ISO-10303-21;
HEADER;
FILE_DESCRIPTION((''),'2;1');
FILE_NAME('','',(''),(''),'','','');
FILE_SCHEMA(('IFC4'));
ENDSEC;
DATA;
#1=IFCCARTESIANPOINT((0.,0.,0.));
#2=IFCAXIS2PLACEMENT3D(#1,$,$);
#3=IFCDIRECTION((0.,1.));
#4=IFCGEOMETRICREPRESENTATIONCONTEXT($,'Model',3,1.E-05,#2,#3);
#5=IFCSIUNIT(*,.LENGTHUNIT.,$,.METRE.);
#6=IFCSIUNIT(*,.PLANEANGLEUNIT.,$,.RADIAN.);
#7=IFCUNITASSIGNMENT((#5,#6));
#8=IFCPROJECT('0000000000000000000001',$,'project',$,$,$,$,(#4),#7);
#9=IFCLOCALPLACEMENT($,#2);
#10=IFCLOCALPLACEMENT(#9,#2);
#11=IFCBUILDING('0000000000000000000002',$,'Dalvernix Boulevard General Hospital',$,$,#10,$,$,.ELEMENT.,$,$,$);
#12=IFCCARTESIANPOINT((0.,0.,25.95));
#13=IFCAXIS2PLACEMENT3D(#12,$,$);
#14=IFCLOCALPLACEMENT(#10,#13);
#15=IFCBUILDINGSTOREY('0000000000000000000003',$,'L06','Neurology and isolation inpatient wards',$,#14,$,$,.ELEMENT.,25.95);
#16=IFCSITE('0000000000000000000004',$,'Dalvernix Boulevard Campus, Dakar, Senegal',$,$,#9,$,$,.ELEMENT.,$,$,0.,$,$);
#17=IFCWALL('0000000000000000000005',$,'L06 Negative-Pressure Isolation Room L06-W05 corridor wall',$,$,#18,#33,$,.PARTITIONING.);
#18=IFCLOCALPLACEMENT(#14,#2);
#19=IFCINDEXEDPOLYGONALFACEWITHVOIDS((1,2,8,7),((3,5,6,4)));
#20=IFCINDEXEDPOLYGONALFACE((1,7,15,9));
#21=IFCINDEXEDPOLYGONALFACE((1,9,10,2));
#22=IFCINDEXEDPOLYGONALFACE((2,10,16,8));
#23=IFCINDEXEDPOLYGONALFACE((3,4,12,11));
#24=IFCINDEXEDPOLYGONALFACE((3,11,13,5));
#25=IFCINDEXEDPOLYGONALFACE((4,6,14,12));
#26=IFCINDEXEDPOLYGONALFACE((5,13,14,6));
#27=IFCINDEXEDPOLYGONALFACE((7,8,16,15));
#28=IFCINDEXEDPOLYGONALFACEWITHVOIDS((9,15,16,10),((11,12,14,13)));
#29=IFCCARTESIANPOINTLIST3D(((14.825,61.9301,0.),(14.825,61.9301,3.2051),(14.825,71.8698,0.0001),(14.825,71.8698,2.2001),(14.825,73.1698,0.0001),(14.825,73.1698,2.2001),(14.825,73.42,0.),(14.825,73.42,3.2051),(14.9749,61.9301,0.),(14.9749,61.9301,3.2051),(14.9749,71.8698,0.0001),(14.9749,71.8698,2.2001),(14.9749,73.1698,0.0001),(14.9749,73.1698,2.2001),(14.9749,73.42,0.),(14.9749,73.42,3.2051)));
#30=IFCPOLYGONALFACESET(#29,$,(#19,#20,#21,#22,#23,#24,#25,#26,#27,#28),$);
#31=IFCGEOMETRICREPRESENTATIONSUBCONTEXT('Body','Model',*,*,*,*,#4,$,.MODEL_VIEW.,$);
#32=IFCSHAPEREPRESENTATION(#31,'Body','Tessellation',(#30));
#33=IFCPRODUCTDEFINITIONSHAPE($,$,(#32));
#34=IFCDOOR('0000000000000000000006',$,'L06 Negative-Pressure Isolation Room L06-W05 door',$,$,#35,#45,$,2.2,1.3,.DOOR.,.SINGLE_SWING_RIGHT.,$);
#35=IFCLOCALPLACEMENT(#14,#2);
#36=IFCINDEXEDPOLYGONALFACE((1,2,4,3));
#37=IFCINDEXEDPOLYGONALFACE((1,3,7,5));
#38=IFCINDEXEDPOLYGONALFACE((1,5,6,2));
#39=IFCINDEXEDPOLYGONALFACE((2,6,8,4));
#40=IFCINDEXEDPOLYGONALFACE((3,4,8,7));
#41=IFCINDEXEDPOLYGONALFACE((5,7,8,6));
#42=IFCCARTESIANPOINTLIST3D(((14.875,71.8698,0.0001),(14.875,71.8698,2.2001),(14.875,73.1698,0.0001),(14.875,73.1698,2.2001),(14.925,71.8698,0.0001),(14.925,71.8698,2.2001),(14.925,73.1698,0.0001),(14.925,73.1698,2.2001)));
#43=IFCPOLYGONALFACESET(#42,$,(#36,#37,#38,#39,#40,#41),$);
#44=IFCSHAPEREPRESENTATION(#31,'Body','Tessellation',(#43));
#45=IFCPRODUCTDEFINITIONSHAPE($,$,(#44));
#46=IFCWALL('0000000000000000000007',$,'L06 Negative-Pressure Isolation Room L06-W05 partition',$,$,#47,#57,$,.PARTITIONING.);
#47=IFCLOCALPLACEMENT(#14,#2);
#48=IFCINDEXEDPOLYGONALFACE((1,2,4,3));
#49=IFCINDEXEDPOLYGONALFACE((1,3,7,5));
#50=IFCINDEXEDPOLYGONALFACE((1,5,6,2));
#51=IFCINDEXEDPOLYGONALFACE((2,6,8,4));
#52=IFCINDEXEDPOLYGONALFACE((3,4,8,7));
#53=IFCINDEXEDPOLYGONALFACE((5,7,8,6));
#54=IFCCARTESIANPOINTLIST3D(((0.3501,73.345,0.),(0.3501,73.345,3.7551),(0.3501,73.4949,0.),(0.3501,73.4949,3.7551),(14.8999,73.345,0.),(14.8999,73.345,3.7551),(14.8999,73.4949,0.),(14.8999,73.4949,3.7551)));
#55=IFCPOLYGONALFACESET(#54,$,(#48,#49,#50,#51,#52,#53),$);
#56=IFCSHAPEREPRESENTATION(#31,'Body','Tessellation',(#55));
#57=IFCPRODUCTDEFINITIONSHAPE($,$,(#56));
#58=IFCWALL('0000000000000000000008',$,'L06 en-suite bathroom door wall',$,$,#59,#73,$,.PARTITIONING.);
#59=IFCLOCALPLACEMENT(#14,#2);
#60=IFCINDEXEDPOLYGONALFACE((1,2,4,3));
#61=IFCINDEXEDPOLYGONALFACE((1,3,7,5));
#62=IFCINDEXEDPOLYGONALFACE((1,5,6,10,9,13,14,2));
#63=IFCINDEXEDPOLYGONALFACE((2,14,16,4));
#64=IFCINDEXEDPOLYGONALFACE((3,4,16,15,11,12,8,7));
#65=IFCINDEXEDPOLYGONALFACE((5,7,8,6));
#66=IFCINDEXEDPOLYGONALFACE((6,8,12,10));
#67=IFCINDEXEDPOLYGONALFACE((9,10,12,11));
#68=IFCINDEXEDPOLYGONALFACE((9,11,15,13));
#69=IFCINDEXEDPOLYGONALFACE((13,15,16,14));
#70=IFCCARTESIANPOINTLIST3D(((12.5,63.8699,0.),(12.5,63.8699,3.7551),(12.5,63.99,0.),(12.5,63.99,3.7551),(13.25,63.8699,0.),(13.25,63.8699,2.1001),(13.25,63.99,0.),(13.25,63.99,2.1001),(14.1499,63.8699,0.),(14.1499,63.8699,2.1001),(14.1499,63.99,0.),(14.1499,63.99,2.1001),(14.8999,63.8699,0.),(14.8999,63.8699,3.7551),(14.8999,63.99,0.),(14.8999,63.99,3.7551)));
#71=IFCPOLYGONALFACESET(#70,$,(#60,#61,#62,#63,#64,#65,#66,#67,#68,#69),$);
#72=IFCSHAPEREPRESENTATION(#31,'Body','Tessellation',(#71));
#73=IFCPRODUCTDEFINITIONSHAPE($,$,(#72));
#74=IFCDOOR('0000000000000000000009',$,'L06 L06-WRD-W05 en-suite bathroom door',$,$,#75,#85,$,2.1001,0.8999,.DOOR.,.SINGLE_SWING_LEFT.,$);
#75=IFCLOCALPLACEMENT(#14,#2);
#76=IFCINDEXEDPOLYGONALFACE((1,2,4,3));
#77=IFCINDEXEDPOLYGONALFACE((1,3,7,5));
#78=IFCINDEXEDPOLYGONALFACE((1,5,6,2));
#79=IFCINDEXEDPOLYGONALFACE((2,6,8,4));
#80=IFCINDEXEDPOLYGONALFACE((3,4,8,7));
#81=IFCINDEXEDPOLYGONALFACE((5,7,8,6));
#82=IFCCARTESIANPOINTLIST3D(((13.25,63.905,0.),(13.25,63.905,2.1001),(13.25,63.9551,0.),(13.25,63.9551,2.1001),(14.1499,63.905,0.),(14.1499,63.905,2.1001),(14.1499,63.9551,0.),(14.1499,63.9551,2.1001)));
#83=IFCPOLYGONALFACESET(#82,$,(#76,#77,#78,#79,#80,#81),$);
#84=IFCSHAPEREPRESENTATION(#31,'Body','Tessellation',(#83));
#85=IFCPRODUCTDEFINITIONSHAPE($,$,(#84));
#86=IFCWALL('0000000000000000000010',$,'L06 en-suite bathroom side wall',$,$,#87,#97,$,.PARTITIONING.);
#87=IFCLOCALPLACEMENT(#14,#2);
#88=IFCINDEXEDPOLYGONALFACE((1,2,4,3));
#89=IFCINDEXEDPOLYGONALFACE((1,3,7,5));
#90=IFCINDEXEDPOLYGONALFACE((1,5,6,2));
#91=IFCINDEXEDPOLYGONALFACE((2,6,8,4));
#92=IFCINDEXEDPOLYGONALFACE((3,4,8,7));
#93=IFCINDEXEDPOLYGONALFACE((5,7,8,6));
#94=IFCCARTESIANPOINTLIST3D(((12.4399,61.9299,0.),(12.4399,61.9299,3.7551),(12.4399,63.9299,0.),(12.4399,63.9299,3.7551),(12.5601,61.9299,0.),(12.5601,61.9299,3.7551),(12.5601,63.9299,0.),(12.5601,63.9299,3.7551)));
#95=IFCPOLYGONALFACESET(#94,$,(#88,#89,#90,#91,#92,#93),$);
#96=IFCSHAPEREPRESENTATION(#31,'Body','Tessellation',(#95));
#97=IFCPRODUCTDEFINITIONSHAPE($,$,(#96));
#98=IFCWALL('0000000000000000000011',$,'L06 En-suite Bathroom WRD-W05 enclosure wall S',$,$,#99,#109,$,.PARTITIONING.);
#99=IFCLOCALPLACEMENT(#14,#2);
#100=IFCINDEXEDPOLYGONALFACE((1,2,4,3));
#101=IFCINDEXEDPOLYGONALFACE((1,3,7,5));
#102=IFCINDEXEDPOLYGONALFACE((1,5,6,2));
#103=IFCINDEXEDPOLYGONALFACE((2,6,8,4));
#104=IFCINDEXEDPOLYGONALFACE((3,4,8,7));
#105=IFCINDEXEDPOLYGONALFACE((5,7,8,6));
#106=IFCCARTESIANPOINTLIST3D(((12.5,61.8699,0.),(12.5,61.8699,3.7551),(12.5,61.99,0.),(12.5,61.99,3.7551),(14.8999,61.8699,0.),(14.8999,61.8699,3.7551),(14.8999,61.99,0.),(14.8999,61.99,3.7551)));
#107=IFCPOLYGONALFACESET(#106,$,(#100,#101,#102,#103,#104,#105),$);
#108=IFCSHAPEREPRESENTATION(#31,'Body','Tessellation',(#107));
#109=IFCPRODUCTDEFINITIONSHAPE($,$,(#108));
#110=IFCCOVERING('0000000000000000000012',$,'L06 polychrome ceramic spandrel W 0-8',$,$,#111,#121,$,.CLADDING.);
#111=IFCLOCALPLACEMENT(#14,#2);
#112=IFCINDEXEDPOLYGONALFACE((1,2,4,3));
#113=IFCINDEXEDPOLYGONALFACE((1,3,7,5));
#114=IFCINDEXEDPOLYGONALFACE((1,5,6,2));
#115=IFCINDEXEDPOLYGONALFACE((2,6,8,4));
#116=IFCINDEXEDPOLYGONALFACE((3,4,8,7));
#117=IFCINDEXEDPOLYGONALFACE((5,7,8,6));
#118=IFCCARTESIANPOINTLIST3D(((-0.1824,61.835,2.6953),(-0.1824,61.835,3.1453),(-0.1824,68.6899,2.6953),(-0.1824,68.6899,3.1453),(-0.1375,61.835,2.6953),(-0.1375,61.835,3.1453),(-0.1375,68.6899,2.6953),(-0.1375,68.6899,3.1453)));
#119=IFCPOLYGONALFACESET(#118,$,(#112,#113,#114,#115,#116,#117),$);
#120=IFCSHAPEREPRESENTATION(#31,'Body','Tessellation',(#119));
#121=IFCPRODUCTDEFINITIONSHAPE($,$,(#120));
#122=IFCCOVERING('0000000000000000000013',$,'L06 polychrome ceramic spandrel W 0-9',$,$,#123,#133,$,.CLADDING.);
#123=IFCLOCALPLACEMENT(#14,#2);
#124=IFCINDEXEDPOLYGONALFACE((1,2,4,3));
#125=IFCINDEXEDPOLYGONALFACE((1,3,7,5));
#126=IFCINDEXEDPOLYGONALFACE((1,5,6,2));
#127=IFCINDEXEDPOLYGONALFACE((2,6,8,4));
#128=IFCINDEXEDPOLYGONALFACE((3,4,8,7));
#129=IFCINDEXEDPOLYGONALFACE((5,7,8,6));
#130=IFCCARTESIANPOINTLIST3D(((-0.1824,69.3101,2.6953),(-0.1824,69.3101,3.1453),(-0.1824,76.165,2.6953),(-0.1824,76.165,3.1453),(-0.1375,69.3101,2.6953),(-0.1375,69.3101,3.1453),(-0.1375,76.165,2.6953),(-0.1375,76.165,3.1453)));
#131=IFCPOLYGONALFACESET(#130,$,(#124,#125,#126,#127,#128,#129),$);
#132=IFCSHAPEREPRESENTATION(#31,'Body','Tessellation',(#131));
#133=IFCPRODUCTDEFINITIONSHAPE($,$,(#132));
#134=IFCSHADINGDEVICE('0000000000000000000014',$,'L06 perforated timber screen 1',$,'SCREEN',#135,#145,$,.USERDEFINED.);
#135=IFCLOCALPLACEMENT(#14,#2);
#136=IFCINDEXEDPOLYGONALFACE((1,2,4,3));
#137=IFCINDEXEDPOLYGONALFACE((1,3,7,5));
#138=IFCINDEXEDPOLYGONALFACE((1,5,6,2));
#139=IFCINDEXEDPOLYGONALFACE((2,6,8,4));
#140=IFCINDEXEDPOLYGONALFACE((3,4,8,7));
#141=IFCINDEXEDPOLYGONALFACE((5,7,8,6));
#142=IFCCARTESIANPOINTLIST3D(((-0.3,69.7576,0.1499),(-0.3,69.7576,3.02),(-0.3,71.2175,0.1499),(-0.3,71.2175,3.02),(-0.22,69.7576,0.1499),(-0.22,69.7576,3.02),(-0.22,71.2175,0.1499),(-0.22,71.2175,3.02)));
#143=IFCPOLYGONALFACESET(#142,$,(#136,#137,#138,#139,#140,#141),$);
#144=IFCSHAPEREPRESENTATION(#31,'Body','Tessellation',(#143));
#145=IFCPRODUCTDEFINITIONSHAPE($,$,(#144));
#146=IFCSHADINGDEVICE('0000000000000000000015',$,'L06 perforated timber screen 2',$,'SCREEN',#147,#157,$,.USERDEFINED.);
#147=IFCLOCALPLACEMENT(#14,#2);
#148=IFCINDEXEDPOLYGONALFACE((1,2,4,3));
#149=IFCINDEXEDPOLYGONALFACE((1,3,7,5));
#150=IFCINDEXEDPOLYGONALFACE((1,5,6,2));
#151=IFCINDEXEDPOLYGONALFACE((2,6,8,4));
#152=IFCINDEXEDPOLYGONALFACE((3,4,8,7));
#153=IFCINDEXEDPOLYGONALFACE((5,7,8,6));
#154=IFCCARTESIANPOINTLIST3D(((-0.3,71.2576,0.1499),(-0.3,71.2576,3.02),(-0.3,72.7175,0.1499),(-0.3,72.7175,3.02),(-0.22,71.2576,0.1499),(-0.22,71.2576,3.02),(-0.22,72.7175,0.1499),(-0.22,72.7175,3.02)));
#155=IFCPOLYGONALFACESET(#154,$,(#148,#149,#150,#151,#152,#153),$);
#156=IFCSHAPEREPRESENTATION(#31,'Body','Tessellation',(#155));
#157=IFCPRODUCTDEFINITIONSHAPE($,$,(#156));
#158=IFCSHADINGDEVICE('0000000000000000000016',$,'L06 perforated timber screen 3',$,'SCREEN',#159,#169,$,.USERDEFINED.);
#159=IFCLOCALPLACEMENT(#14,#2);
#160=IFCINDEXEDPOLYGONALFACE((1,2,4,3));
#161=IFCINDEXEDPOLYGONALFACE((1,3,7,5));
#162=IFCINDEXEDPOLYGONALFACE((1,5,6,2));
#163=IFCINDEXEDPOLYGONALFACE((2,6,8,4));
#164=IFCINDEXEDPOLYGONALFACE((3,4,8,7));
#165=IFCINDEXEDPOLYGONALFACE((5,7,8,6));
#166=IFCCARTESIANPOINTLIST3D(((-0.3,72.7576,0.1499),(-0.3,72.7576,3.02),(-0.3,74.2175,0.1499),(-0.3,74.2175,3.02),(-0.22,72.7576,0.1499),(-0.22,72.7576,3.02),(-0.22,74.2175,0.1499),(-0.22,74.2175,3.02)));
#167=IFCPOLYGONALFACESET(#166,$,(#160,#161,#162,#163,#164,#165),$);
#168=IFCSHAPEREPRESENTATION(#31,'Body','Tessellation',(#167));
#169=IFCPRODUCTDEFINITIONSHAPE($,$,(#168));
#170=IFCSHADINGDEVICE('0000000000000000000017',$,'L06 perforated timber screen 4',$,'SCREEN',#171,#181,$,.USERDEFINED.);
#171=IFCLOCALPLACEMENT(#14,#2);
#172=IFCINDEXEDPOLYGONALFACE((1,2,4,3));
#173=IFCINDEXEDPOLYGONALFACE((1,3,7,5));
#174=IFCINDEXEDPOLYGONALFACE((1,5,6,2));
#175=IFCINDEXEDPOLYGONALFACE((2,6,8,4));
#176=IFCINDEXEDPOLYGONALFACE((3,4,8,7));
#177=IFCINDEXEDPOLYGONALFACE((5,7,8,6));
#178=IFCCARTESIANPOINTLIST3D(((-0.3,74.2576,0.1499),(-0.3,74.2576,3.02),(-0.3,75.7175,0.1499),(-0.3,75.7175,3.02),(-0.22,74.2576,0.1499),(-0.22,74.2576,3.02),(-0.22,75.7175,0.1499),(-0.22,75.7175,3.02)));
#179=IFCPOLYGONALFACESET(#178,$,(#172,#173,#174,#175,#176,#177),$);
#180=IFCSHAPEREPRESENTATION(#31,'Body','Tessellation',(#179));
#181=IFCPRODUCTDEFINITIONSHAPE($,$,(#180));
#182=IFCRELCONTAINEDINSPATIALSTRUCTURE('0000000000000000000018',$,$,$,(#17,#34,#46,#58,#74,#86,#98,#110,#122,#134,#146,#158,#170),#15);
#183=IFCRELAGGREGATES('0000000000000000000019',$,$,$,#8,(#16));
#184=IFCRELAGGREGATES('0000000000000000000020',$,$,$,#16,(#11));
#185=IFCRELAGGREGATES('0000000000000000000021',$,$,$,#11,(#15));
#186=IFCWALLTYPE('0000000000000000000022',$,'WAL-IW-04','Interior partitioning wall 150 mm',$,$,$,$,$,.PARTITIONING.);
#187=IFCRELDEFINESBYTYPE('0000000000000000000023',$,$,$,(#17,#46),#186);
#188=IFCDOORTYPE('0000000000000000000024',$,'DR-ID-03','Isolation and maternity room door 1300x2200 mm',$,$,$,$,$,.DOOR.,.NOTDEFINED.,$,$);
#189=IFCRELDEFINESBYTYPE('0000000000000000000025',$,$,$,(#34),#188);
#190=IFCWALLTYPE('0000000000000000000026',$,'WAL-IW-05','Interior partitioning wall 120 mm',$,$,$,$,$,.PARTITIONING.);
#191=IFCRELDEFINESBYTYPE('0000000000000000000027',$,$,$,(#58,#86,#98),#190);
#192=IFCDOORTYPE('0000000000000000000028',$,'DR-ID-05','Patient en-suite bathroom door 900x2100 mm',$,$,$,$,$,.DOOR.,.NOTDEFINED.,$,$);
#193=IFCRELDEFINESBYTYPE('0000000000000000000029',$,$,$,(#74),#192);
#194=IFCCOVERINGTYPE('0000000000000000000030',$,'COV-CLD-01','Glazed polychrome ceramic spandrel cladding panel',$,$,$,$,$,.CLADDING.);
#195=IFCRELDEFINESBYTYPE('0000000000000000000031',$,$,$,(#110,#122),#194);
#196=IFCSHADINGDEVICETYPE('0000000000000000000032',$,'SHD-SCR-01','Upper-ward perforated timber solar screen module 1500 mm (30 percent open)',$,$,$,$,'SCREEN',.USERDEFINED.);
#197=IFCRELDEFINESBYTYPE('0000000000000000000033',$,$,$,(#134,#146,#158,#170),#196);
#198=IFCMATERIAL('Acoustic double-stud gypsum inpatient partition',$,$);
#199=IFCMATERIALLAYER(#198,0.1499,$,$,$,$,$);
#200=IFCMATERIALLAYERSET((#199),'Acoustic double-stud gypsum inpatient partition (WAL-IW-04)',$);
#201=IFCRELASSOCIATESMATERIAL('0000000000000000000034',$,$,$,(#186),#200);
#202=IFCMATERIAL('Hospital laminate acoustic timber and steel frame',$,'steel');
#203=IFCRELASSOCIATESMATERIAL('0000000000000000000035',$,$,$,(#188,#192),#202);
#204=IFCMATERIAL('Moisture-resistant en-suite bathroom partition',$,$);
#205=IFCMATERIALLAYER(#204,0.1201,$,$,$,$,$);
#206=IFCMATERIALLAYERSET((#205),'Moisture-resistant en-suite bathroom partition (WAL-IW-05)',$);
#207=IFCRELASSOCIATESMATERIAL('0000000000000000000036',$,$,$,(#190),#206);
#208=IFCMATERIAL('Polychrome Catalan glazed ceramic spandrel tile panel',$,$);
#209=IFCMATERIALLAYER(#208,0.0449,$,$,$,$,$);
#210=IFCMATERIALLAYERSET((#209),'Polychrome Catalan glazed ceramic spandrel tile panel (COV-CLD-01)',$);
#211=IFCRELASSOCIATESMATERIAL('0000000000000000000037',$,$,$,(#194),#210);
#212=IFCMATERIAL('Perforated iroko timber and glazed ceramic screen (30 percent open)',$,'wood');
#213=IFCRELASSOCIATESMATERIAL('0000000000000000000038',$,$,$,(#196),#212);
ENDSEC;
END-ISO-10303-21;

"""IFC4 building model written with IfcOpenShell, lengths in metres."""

from ifc_helpers import new_model, si_unit, direction, frame, frame_2d, origin, origin_2d, place, context, subcontext, project, spatial, rectangle, extrude, material, layer, layer_set, type_object, element, fill, save


model = new_model("IFC4")

# Units and contexts
model_context = context("Model", 3, precision=1e-05, world=origin(), true_north=direction((0.0, 1.0)))
body_context = subcontext(model_context, "Body", "Model", "MODEL_VIEW")
ifc_project = project(units=[si_unit("LENGTHUNIT", "METRE"), si_unit("PLANEANGLEUNIT", "RADIAN")], contexts=[model_context])

# Site, building, storey
site_placement = place(None, origin())
site = spatial("IfcSite", under=ifc_project, at=site_placement, Name="Dalvernix Boulevard Campus, Dakar, Senegal", CompositionType="ELEMENT", RefElevation=0.0)
building_placement = place(site_placement, origin())
building = spatial("IfcBuilding", under=site, at=building_placement, Name="Dalvernix Boulevard General Hospital", CompositionType="ELEMENT")
storey_placement = place(building_placement, frame((0.0, 0.0, 25.95)))
storey = spatial("IfcBuildingStorey", under=building, at=storey_placement, Name="L06", Description="Neurology and isolation inpatient wards", CompositionType="ELEMENT", Elevation=25.95)

# Wall, opening, door
ifc_material_1 = material(Name="Acoustic double-stud gypsum inpatient partition")
ifc_layer_1 = layer(ifc_material_1, 0.1499)
ifc_layer_set_1 = layer_set([ifc_layer_1], Name="Acoustic double-stud gypsum inpatient partition (WAL-IW-04)")
wall_type_1 = type_object("IfcWallType", Name="WAL-IW-04", Description="Interior partitioning wall 150 mm", PredefinedType="PARTITIONING", material=ifc_layer_set_1)
wall_1_placement = place(storey_placement, frame((14.8999, 61.9299, 0.0), z_axis=(0.0, 0.0, 1.0), x_axis=(0.0, 1.0, 0.0)))
wall_1 = element("IfcWall", 1, at=wall_1_placement, inside=storey, type_object=wall_type_1, Name="L06 Negative-Pressure Isolation Room L06-W05 corridor wall", PredefinedType="PARTITIONING", context=body_context, shape_type="SweptSolid", body=[
    extrude(rectangle(XDim=11.49, YDim=0.1499, at=frame_2d((5.7451, 0.0))), origin(), (0.0, 0.0, 1.0), 3.2051),
])
opening_1_placement = place(wall_1_placement, frame((9.9399, 0.0, 0.0)))
opening_1 = element("IfcOpeningElement", 2, at=opening_1_placement, cuts=wall_1, PredefinedType="OPENING", context=body_context, shape_type="SweptSolid", body=[
    extrude(rectangle(XDim=1.3, YDim=2.2, at=frame_2d((0.6499, 1.1001))), frame((0.0, 0.085, 0.0), z_axis=(0.0, -1.0, 0.0), x_axis=(1.0, 0.0, 0.0)), (0.0, 0.0, 1.0), 0.1699),
])
ifc_material_2 = material(Name="Hospital laminate acoustic timber and steel frame", Category="steel")
door_type_1 = type_object("IfcDoorType", Name="DR-ID-03", Description="Isolation and maternity room door 1300x2200 mm", OperationType="NOTDEFINED", PredefinedType="DOOR", material=ifc_material_2)
door_1_placement = place(opening_1_placement, origin())
door_1 = element("IfcDoor", 3, at=door_1_placement, inside=storey, type_object=door_type_1, Name="L06 Negative-Pressure Isolation Room L06-W05 door", OperationType="SINGLE_SWING_RIGHT", OverallHeight=2.2, OverallWidth=1.3, PredefinedType="DOOR", context=body_context, shape_type="SweptSolid", body=[
    extrude(rectangle(XDim=1.3, YDim=2.2, at=frame_2d((0.6499, 1.1001))), frame((0.0, 0.0249, 0.0), z_axis=(0.0, -1.0, 0.0), x_axis=(1.0, 0.0, 0.0)), (0.0, 0.0, 1.0), 0.05),
])
fill(opening_1, door_1)

# Wall
wall_2_placement = place(storey_placement, frame((0.3501, 73.4199, 0.0), z_axis=(0.0, 0.0, 1.0), x_axis=(1.0, 0.0, 0.0)))
element("IfcWall", 4, at=wall_2_placement, inside=storey, type_object=wall_type_1, Name="L06 Negative-Pressure Isolation Room L06-W05 partition", PredefinedType="PARTITIONING", context=body_context, shape_type="SweptSolid", body=[
    extrude(rectangle(XDim=14.5498, YDim=0.1499, at=frame_2d((7.2749, 0.0))), origin(), (0.0, 0.0, 1.0), 3.7551),
])

# Wall, opening, door
ifc_material_3 = material(Name="Moisture-resistant en-suite bathroom partition")
ifc_layer_2 = layer(ifc_material_3, 0.1201)
ifc_layer_set_2 = layer_set([ifc_layer_2], Name="Moisture-resistant en-suite bathroom partition (WAL-IW-05)")
wall_type_2 = type_object("IfcWallType", Name="WAL-IW-05", Description="Interior partitioning wall 120 mm", PredefinedType="PARTITIONING", material=ifc_layer_set_2)
wall_3_placement = place(storey_placement, frame((14.8999, 63.9299, 0.0), z_axis=(0.0, 0.0, 1.0), x_axis=(-1.0, 0.0, 0.0)))
wall_3 = element("IfcWall", 5, at=wall_3_placement, inside=storey, type_object=wall_type_2, Name="L06 en-suite bathroom door wall", PredefinedType="PARTITIONING", context=body_context, shape_type="SweptSolid", body=[
    extrude(rectangle(XDim=2.3999, YDim=0.1201, at=frame_2d((1.2, 0.0))), origin(), (0.0, 0.0, 1.0), 3.7551),
])
opening_2_placement = place(wall_3_placement, frame((0.75, 0.0, 0.0)))
opening_2 = element("IfcOpeningElement", 6, at=opening_2_placement, cuts=wall_3, PredefinedType="OPENING", context=body_context, shape_type="SweptSolid", body=[
    extrude(rectangle(XDim=0.8999, YDim=2.1001, at=frame_2d((0.45, 1.05))), frame((0.0, 0.0701, 0.0), z_axis=(0.0, -1.0, 0.0), x_axis=(1.0, 0.0, 0.0)), (0.0, 0.0, 1.0), 0.1401),
])
door_type_2 = type_object("IfcDoorType", Name="DR-ID-05", Description="Patient en-suite bathroom door 900x2100 mm", OperationType="NOTDEFINED", PredefinedType="DOOR", material=ifc_material_2)
door_2_placement = place(opening_2_placement, origin())
door_2 = element("IfcDoor", 7, at=door_2_placement, inside=storey, type_object=door_type_2, Name="L06 L06-WRD-W05 en-suite bathroom door", OperationType="SINGLE_SWING_LEFT", OverallHeight=2.1001, OverallWidth=0.8999, PredefinedType="DOOR", context=body_context, shape_type="SweptSolid", body=[
    extrude(rectangle(XDim=0.8999, YDim=2.1001, at=frame_2d((0.45, 1.05))), frame((0.0, 0.0249, 0.0), z_axis=(0.0, -1.0, 0.0), x_axis=(1.0, 0.0, 0.0)), (0.0, 0.0, 1.0), 0.05),
])
fill(opening_2, door_2)

# Walls
wall_4_placement = place(storey_placement, frame((12.5, 61.9299, 0.0), z_axis=(0.0, 0.0, 1.0), x_axis=(0.0, 1.0, 0.0)))
element("IfcWall", 8, at=wall_4_placement, inside=storey, type_object=wall_type_2, Name="L06 en-suite bathroom side wall", PredefinedType="PARTITIONING", context=body_context, shape_type="SweptSolid", body=[
    extrude(rectangle(XDim=2.0, YDim=0.1201, at=frame_2d((1.0, 0.0))), origin(), (0.0, 0.0, 1.0), 3.7551),
])
wall_5_placement = place(storey_placement, frame((12.5, 61.9299, 0.0), z_axis=(0.0, 0.0, 1.0), x_axis=(1.0, 0.0, 0.0)))
element("IfcWall", 9, at=wall_5_placement, inside=storey, type_object=wall_type_2, Name="L06 En-suite Bathroom WRD-W05 enclosure wall S", PredefinedType="PARTITIONING", context=body_context, shape_type="SweptSolid", body=[
    extrude(rectangle(XDim=2.3999, YDim=0.1201, at=frame_2d((1.2, 0.0))), origin(), (0.0, 0.0, 1.0), 3.7551),
])

# Coverings
ifc_material_4 = material(Name="Polychrome Catalan glazed ceramic spandrel tile panel")
ifc_layer_3 = layer(ifc_material_4, 0.0449)
ifc_layer_set_3 = layer_set([ifc_layer_3], Name="Polychrome Catalan glazed ceramic spandrel tile panel (COV-CLD-01)")
covering_type = type_object("IfcCoveringType", Name="COV-CLD-01", Description="Glazed polychrome ceramic spandrel cladding panel", PredefinedType="CLADDING", material=ifc_layer_set_3)
for number, where, z_axis, x_axis, name in (
    (10, (-0.1599, 65.2625, 2.6953), (0.0, 0.0, 1.0), (0.0, 1.0, 0.0), "L06 polychrome ceramic spandrel W 0-8"),
    (11, (-0.1599, 72.7375, 2.6953), (0.0, 0.0, 1.0), (0.0, 1.0, 0.0), "L06 polychrome ceramic spandrel W 0-9"),
):
    element("IfcCovering", number, at=place(storey_placement, frame(where, z_axis=z_axis, x_axis=x_axis)), inside=storey, type_object=covering_type, Name=name, PredefinedType="CLADDING", context=body_context, shape_type="SweptSolid", body=[
        extrude(rectangle(XDim=6.855, YDim=0.0449, at=origin_2d()), origin(), (0.0, 0.0, 1.0), 0.45),
    ])

# Shading devices
ifc_material_5 = material(Name="Perforated iroko timber and glazed ceramic screen (30 percent open)", Category="wood")
shading_device_type = type_object("IfcShadingDeviceType", Name="SHD-SCR-01", Description="Upper-ward perforated timber solar screen module 1500 mm (30 percent open)", ElementType="SCREEN", PredefinedType="USERDEFINED", material=ifc_material_5)
for number, where, z_axis, x_axis, name in (
    (12, (-0.26, 70.4875, 0.1499), (0.0, 0.0, 1.0), (0.0, 1.0, 0.0), "L06 perforated timber screen 1"),
    (13, (-0.26, 71.9875, 0.1499), (0.0, 0.0, 1.0), (0.0, 1.0, 0.0), "L06 perforated timber screen 2"),
    (14, (-0.26, 73.4875, 0.1499), (0.0, 0.0, 1.0), (0.0, 1.0, 0.0), "L06 perforated timber screen 3"),
    (15, (-0.26, 74.9875, 0.1499), (0.0, 0.0, 1.0), (0.0, 1.0, 0.0), "L06 perforated timber screen 4"),
):
    element("IfcShadingDevice", number, at=place(storey_placement, frame(where, z_axis=z_axis, x_axis=x_axis)), inside=storey, type_object=shading_device_type, Name=name, ObjectType="SCREEN", PredefinedType="USERDEFINED", context=body_context, shape_type="SweptSolid", body=[
        extrude(rectangle(XDim=1.46, YDim=0.0801, at=origin_2d()), origin(), (0.0, 0.0, 1.0), 2.8701),
    ])

save(model, "model.ifc")
